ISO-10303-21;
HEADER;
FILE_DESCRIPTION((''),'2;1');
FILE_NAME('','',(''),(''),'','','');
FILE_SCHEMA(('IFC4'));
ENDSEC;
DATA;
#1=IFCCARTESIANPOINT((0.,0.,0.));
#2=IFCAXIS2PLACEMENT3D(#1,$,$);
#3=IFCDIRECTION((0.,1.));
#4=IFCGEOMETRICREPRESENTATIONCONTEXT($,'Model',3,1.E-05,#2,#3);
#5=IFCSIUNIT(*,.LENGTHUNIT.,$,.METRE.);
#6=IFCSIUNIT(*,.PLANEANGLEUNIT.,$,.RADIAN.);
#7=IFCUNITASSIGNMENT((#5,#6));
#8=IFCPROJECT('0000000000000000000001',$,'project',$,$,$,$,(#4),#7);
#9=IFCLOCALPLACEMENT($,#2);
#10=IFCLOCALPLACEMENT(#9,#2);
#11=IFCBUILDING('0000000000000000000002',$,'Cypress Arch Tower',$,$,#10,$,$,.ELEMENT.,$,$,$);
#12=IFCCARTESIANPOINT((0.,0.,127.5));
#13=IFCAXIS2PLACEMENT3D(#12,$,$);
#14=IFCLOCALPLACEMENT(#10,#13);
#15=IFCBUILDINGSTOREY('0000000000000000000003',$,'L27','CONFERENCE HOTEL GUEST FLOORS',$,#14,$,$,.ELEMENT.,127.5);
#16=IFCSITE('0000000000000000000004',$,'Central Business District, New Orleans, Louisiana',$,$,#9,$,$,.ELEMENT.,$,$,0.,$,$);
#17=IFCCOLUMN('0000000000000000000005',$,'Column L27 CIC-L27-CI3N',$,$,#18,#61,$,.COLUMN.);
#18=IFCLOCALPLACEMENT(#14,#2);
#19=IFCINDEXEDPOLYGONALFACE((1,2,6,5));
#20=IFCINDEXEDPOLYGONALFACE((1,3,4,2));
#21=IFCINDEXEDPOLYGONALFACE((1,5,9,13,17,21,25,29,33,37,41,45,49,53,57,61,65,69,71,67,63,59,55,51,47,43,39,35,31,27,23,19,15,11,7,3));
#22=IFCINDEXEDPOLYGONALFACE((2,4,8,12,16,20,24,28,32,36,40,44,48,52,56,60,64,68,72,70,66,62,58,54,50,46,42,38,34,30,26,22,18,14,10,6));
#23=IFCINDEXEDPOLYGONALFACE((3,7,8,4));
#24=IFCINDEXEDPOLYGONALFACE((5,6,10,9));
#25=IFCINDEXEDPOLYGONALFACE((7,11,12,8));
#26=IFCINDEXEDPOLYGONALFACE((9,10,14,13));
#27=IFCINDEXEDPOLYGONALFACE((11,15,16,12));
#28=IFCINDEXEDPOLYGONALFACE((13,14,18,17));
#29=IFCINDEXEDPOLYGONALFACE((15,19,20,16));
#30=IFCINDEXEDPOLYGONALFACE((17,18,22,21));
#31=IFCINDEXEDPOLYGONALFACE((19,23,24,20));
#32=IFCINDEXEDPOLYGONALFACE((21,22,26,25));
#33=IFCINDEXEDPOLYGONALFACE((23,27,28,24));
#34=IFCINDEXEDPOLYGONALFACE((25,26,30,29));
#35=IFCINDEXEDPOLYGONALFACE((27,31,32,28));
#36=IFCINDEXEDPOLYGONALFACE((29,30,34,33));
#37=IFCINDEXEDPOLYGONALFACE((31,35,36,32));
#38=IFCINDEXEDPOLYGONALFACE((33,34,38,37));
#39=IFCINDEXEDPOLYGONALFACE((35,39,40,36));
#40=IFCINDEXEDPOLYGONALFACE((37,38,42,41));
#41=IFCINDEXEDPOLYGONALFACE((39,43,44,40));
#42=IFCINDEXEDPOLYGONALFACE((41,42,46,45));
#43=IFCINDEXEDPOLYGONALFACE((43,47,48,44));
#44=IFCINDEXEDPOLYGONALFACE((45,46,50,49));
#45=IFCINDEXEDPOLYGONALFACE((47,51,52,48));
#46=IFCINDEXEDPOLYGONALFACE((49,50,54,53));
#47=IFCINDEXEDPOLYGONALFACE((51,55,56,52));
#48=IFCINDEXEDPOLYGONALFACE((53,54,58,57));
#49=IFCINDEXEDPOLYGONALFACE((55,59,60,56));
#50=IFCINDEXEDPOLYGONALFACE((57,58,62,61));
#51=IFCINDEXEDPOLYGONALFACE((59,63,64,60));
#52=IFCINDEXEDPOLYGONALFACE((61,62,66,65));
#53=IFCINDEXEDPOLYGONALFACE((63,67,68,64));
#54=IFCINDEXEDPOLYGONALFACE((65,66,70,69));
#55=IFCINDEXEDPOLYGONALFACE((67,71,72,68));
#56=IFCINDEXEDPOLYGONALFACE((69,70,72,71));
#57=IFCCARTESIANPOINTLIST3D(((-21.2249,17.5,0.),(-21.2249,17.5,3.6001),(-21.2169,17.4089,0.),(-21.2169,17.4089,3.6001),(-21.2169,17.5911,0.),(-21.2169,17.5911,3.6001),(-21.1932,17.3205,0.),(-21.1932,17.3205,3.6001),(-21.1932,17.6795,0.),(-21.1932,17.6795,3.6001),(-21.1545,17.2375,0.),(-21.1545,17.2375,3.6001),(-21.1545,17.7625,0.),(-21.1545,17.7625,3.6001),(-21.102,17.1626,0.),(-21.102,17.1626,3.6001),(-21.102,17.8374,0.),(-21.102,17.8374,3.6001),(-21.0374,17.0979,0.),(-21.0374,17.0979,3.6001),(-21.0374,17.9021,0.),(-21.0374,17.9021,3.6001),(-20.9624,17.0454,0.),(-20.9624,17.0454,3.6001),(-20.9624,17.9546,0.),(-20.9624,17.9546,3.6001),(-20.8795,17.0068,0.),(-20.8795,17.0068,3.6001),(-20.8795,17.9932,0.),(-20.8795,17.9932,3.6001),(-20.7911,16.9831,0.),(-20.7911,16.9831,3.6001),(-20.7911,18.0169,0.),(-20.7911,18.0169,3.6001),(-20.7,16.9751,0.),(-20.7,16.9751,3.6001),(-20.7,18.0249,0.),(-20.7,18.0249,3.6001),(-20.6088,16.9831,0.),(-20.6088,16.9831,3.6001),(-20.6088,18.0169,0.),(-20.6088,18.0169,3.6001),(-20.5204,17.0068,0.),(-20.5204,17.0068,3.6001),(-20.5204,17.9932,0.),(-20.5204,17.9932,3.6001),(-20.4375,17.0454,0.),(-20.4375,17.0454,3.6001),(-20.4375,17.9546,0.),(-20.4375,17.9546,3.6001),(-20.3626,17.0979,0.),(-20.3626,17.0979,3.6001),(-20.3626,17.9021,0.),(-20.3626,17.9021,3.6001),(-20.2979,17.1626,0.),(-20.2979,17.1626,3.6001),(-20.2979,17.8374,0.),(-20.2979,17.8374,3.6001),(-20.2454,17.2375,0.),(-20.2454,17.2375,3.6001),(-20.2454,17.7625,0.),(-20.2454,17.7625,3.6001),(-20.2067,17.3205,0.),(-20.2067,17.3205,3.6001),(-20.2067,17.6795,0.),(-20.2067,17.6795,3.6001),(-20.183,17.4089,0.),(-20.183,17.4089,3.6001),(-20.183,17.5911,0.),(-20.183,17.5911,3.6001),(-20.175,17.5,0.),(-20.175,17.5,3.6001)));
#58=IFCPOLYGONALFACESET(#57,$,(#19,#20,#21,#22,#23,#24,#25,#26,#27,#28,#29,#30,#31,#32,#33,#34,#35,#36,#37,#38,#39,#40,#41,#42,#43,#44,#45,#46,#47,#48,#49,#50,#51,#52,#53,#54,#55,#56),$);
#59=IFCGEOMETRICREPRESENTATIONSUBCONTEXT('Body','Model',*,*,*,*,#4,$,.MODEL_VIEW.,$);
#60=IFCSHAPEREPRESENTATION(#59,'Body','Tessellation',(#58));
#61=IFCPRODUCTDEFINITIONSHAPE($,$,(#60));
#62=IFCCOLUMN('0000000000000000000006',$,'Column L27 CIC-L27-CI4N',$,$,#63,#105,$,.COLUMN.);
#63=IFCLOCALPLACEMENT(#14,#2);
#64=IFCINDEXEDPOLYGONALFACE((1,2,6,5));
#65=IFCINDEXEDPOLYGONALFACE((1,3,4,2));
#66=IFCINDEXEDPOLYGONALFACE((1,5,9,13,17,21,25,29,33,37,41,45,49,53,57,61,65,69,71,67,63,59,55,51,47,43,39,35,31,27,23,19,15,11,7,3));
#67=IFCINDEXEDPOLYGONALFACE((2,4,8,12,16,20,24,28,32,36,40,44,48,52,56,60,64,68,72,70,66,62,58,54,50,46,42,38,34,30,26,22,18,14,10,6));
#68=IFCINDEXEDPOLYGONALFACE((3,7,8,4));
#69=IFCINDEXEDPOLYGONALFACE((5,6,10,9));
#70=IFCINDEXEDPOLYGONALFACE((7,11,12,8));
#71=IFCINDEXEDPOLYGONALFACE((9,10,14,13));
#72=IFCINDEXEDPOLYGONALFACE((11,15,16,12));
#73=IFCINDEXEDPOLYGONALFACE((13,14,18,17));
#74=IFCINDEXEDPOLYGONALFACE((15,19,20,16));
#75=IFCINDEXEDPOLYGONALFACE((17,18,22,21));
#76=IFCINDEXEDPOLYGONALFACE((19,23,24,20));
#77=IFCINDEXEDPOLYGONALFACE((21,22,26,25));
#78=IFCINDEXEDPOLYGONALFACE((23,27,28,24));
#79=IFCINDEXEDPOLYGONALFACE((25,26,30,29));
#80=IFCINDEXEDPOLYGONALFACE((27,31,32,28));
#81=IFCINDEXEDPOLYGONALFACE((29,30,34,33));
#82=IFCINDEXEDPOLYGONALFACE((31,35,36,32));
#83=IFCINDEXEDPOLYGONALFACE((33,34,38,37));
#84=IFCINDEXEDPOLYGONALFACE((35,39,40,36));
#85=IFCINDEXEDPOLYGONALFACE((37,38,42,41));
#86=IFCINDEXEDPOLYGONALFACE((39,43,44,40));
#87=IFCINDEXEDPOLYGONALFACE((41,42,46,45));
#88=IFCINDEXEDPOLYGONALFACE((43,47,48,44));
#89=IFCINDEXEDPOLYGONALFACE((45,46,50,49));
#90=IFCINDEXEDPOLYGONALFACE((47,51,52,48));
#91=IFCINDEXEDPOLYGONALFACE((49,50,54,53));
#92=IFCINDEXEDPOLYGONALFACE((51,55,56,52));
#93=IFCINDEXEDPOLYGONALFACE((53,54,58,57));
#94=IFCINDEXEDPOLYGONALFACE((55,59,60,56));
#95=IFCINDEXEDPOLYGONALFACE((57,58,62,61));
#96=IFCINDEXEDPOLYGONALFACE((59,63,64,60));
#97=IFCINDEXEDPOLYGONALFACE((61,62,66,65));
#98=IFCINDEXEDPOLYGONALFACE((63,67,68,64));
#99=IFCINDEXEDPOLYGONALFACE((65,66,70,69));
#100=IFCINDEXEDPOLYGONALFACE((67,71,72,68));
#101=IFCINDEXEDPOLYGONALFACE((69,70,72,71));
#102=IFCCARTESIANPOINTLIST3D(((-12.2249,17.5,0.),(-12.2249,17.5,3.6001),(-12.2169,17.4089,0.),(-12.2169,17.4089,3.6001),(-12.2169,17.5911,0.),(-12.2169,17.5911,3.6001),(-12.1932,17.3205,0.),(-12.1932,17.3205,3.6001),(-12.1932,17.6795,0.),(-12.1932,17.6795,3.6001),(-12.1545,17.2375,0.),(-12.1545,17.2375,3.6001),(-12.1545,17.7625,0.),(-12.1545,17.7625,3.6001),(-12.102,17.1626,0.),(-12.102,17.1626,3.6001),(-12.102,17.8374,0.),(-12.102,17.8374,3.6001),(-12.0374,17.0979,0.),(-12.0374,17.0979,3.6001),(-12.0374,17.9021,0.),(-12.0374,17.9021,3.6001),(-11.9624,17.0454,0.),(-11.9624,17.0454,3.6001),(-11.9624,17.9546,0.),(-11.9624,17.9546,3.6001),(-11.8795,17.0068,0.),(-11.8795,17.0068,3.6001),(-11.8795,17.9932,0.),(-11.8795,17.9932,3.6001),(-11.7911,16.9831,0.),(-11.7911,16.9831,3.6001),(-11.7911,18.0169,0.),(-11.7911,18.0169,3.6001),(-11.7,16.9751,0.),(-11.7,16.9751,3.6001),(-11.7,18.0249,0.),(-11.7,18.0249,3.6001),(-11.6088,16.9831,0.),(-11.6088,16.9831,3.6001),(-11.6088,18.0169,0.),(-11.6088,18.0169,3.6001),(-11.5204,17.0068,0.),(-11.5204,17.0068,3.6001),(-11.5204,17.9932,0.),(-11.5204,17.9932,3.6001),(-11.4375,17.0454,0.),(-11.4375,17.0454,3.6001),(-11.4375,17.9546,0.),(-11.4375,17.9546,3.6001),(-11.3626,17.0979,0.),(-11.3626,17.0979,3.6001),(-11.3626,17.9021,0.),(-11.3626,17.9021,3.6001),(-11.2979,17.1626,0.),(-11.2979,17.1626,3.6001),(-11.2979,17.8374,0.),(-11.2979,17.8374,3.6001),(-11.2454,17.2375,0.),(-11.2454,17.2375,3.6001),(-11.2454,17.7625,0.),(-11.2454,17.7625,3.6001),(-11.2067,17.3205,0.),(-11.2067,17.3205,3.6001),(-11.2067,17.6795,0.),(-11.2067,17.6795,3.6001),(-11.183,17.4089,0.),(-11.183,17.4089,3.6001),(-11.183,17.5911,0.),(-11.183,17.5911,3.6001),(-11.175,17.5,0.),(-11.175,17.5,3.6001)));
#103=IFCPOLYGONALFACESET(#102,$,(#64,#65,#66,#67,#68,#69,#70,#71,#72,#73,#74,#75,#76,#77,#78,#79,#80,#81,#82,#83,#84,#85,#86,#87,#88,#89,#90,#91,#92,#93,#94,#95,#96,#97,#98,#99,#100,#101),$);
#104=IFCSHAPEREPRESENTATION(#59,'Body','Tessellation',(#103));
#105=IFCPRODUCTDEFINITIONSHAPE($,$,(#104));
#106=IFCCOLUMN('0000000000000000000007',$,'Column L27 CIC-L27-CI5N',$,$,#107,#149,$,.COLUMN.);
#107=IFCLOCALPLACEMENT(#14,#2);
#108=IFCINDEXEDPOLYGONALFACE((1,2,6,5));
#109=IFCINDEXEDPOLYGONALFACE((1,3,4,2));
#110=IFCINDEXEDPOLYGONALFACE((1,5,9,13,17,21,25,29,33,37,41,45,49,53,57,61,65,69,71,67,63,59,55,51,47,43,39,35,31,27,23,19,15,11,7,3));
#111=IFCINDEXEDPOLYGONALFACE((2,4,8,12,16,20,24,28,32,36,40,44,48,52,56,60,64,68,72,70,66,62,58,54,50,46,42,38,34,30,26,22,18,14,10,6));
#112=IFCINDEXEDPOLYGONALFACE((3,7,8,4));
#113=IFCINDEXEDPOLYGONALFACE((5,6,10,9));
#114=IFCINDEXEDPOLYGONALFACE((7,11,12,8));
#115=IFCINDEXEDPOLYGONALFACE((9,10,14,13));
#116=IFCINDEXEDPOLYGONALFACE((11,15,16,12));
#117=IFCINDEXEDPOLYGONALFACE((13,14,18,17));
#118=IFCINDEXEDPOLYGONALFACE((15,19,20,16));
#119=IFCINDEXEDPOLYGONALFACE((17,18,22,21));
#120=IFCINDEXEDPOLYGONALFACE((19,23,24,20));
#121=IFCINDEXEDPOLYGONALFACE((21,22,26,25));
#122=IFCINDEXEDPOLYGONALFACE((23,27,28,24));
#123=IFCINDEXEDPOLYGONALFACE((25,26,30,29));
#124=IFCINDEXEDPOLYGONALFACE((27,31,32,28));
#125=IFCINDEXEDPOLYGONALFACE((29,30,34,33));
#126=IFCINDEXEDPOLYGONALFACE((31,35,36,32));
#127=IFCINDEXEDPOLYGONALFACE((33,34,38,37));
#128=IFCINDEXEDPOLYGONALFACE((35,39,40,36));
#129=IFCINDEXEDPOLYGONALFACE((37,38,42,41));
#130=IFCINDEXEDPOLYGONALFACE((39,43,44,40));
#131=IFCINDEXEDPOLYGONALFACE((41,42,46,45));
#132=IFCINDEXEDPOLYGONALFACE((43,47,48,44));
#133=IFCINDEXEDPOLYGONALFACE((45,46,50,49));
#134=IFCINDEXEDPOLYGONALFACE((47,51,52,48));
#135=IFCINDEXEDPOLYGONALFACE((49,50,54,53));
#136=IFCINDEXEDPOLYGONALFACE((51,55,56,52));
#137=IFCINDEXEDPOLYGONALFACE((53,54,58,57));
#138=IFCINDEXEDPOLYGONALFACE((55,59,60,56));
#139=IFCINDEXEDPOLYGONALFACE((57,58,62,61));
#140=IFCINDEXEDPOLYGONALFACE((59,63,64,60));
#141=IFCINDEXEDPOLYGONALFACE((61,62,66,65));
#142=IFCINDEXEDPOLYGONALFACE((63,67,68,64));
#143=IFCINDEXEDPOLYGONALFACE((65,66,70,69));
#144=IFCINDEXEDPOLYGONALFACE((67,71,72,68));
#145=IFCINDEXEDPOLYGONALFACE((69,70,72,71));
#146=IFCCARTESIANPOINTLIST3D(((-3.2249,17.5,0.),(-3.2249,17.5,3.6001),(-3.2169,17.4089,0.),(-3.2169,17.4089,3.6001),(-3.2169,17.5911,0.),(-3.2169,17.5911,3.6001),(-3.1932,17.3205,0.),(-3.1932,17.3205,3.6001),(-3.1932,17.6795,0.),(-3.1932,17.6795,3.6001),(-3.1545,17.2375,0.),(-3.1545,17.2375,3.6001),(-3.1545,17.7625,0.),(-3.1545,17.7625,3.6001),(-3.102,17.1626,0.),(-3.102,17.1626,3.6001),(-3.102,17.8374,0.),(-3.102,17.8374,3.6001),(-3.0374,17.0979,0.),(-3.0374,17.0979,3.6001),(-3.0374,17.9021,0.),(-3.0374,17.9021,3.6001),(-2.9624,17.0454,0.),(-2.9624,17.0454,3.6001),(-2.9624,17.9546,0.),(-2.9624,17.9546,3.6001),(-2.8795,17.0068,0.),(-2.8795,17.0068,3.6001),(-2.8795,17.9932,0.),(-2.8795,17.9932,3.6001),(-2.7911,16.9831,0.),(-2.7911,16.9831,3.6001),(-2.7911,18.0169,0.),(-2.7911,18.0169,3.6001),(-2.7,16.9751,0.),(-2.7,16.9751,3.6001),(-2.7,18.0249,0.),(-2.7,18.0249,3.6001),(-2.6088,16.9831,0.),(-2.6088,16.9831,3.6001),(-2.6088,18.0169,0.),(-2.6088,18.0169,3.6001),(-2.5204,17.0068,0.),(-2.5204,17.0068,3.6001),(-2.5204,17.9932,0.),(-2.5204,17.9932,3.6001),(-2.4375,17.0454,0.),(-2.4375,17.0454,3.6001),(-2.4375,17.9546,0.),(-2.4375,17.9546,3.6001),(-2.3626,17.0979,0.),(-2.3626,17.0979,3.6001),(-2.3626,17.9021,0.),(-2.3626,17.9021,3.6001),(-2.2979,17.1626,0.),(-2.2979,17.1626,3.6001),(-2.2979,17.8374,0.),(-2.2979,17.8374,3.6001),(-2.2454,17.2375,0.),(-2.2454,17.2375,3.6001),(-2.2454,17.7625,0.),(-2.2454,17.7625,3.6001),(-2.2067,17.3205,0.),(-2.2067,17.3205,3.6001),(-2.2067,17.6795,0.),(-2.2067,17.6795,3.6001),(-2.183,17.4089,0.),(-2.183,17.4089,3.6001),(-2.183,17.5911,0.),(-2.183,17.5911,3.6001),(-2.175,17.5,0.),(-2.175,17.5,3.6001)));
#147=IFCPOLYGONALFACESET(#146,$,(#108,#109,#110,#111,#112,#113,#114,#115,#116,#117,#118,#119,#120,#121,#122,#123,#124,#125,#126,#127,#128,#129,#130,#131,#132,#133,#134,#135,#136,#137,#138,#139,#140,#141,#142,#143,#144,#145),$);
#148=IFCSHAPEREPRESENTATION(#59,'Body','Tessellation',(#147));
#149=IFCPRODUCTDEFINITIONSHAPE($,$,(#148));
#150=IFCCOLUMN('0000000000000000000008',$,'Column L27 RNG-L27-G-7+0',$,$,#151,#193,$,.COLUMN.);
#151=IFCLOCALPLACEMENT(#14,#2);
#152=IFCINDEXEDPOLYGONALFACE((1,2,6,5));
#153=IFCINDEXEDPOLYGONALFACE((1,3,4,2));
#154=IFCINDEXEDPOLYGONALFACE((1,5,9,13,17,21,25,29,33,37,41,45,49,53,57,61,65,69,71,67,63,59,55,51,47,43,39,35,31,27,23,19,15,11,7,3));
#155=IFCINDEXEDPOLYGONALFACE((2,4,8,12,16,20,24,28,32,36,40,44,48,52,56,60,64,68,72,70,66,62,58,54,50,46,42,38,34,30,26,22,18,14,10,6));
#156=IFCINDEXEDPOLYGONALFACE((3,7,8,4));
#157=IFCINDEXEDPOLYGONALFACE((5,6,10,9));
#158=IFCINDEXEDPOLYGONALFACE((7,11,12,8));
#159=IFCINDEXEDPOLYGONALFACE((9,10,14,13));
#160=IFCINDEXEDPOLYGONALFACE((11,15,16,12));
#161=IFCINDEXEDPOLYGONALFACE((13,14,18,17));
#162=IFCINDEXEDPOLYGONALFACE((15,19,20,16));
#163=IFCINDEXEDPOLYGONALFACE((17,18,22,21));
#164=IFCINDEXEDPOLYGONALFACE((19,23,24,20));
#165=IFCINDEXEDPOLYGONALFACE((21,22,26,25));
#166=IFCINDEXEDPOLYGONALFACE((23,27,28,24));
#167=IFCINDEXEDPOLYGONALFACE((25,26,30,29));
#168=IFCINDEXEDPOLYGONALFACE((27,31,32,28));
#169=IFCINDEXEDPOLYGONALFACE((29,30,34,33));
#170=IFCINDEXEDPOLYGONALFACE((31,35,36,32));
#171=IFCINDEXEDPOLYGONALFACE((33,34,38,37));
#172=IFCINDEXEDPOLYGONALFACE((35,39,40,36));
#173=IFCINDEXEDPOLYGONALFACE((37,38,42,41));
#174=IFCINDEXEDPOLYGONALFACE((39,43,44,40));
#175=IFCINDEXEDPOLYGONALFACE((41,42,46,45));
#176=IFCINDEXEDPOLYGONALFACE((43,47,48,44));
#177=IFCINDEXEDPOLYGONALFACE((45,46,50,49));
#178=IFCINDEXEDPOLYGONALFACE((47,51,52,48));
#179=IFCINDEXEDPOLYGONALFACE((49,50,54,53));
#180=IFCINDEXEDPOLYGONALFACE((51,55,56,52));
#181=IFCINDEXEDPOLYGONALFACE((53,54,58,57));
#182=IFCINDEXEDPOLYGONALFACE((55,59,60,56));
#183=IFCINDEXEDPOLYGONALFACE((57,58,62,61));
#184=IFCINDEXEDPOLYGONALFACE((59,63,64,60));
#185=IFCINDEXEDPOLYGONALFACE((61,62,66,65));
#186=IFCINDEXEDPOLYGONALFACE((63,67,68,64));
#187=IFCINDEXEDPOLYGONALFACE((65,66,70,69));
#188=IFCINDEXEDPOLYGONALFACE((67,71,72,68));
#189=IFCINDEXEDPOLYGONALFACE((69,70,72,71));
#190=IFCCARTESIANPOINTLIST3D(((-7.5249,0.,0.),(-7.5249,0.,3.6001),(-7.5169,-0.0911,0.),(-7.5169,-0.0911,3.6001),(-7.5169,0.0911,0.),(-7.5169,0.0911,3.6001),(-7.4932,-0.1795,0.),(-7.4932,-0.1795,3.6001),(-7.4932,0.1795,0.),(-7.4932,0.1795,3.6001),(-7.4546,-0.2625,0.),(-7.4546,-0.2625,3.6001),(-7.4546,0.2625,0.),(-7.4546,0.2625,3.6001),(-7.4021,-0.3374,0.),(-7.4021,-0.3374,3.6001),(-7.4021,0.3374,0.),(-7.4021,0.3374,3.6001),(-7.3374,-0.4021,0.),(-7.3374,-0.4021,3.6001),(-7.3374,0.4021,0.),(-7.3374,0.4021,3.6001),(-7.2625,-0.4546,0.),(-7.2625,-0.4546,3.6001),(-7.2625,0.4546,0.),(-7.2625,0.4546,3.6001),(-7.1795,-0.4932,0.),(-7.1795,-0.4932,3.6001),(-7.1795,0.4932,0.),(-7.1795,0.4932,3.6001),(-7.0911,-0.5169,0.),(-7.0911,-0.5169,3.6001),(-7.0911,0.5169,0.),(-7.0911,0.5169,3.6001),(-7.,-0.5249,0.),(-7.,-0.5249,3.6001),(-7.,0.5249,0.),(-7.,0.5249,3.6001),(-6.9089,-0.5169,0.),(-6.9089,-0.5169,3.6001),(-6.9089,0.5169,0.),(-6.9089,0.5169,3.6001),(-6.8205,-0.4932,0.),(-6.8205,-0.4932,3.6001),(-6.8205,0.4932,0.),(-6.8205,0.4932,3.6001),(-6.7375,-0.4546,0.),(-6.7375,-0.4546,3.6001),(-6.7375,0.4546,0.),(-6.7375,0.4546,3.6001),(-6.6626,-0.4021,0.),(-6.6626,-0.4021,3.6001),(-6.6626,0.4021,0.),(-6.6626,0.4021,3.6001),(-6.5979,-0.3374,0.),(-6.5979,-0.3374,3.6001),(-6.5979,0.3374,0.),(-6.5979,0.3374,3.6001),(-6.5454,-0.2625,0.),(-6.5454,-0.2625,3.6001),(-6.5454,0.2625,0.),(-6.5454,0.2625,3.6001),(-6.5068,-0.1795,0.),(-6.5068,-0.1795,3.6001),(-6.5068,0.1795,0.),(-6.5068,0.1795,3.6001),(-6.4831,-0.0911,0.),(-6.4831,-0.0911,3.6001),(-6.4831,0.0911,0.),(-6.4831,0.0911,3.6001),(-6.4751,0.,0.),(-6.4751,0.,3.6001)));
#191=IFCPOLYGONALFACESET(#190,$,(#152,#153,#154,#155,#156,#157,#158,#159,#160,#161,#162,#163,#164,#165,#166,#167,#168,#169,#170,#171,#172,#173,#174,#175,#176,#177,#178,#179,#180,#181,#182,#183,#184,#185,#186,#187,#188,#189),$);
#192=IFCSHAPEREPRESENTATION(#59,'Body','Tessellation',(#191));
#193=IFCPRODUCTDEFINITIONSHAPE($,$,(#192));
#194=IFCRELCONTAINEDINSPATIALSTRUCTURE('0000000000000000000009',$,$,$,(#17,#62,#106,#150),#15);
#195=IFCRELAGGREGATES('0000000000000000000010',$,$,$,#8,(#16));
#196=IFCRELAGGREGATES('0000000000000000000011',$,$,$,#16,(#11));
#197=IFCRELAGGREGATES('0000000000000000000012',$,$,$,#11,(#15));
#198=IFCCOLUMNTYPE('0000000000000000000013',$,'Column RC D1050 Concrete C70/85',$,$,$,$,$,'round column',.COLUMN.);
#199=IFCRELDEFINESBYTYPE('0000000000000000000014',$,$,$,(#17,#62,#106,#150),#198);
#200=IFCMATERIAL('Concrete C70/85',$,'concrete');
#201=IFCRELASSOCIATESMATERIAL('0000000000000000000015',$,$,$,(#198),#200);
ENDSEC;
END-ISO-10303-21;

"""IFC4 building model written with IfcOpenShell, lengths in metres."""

from ifc_helpers import new_model, si_unit, direction, frame, origin, origin_2d, place, context, subcontext, project, spatial, circle, extrude, material, material_profile, profile_set, type_object, element, save


model = new_model("IFC4")

# Units and contexts
model_context = context("Model", 3, precision=1e-05, world=origin(), true_north=direction((0.0, 1.0)))
body_context = subcontext(model_context, "Body", "Model", "MODEL_VIEW")
ifc_project = project(units=[si_unit("LENGTHUNIT", "METRE"), si_unit("PLANEANGLEUNIT", "RADIAN")], contexts=[model_context])

# Site, building, storey
site_placement = place(None, origin())
site = spatial("IfcSite", under=ifc_project, at=site_placement, Name="Central Business District, New Orleans, Louisiana", CompositionType="ELEMENT", RefElevation=0.0)
building_placement = place(site_placement, origin())
building = spatial("IfcBuilding", under=site, at=building_placement, Name="Cypress Arch Tower", CompositionType="ELEMENT")
storey_placement = place(building_placement, frame((0.0, 0.0, 127.5)))
storey = spatial("IfcBuildingStorey", under=building, at=storey_placement, Name="L27", Description="CONFERENCE HOTEL GUEST FLOORS", CompositionType="ELEMENT", Elevation=127.5)

# Columns
ifc_material_1 = material(Name="Concrete C70/85", Category="concrete")
ifc_material_profile_1 = material_profile(ifc_material_1, circle(Radius=0.5249, at=origin_2d()), Name="RC D1050")
ifc_profile_set_1 = profile_set([ifc_material_profile_1], Name="Concrete C70/85")
column_type = type_object("IfcColumnType", Name="Column RC D1050 Concrete C70/85", ElementType="round column", PredefinedType="COLUMN", material=ifc_profile_set_1)
for number, where, z_axis, x_axis, name in (
    (1, (-20.7, 17.5, 0.0), (0.0, 0.0, 1.0), (1.0, 0.0, 0.0), "Column L27 CIC-L27-CI3N"),
    (2, (-11.7, 17.5, 0.0), (0.0, 0.0, 1.0), (1.0, 0.0, 0.0), "Column L27 CIC-L27-CI4N"),
    (3, (-2.7, 17.5, 0.0), (0.0, 0.0, 1.0), (1.0, 0.0, 0.0), "Column L27 CIC-L27-CI5N"),
    (4, (-7.0, 0.0, 0.0), (0.0, 0.0, 1.0), (1.0, 0.0, 0.0), "Column L27 RNG-L27-G-7+0"),
):
    element("IfcColumn", number, at=place(storey_placement, frame(where, z_axis=z_axis, x_axis=x_axis)), inside=storey, type_object=column_type, Name=name, PredefinedType="COLUMN", context=body_context, shape_type="SweptSolid", body=[
        extrude(circle(Radius=0.5249, at=origin_2d()), origin(), (0.0, 0.0, 1.0), 3.6001),
    ])

save(model, "model.ifc")
